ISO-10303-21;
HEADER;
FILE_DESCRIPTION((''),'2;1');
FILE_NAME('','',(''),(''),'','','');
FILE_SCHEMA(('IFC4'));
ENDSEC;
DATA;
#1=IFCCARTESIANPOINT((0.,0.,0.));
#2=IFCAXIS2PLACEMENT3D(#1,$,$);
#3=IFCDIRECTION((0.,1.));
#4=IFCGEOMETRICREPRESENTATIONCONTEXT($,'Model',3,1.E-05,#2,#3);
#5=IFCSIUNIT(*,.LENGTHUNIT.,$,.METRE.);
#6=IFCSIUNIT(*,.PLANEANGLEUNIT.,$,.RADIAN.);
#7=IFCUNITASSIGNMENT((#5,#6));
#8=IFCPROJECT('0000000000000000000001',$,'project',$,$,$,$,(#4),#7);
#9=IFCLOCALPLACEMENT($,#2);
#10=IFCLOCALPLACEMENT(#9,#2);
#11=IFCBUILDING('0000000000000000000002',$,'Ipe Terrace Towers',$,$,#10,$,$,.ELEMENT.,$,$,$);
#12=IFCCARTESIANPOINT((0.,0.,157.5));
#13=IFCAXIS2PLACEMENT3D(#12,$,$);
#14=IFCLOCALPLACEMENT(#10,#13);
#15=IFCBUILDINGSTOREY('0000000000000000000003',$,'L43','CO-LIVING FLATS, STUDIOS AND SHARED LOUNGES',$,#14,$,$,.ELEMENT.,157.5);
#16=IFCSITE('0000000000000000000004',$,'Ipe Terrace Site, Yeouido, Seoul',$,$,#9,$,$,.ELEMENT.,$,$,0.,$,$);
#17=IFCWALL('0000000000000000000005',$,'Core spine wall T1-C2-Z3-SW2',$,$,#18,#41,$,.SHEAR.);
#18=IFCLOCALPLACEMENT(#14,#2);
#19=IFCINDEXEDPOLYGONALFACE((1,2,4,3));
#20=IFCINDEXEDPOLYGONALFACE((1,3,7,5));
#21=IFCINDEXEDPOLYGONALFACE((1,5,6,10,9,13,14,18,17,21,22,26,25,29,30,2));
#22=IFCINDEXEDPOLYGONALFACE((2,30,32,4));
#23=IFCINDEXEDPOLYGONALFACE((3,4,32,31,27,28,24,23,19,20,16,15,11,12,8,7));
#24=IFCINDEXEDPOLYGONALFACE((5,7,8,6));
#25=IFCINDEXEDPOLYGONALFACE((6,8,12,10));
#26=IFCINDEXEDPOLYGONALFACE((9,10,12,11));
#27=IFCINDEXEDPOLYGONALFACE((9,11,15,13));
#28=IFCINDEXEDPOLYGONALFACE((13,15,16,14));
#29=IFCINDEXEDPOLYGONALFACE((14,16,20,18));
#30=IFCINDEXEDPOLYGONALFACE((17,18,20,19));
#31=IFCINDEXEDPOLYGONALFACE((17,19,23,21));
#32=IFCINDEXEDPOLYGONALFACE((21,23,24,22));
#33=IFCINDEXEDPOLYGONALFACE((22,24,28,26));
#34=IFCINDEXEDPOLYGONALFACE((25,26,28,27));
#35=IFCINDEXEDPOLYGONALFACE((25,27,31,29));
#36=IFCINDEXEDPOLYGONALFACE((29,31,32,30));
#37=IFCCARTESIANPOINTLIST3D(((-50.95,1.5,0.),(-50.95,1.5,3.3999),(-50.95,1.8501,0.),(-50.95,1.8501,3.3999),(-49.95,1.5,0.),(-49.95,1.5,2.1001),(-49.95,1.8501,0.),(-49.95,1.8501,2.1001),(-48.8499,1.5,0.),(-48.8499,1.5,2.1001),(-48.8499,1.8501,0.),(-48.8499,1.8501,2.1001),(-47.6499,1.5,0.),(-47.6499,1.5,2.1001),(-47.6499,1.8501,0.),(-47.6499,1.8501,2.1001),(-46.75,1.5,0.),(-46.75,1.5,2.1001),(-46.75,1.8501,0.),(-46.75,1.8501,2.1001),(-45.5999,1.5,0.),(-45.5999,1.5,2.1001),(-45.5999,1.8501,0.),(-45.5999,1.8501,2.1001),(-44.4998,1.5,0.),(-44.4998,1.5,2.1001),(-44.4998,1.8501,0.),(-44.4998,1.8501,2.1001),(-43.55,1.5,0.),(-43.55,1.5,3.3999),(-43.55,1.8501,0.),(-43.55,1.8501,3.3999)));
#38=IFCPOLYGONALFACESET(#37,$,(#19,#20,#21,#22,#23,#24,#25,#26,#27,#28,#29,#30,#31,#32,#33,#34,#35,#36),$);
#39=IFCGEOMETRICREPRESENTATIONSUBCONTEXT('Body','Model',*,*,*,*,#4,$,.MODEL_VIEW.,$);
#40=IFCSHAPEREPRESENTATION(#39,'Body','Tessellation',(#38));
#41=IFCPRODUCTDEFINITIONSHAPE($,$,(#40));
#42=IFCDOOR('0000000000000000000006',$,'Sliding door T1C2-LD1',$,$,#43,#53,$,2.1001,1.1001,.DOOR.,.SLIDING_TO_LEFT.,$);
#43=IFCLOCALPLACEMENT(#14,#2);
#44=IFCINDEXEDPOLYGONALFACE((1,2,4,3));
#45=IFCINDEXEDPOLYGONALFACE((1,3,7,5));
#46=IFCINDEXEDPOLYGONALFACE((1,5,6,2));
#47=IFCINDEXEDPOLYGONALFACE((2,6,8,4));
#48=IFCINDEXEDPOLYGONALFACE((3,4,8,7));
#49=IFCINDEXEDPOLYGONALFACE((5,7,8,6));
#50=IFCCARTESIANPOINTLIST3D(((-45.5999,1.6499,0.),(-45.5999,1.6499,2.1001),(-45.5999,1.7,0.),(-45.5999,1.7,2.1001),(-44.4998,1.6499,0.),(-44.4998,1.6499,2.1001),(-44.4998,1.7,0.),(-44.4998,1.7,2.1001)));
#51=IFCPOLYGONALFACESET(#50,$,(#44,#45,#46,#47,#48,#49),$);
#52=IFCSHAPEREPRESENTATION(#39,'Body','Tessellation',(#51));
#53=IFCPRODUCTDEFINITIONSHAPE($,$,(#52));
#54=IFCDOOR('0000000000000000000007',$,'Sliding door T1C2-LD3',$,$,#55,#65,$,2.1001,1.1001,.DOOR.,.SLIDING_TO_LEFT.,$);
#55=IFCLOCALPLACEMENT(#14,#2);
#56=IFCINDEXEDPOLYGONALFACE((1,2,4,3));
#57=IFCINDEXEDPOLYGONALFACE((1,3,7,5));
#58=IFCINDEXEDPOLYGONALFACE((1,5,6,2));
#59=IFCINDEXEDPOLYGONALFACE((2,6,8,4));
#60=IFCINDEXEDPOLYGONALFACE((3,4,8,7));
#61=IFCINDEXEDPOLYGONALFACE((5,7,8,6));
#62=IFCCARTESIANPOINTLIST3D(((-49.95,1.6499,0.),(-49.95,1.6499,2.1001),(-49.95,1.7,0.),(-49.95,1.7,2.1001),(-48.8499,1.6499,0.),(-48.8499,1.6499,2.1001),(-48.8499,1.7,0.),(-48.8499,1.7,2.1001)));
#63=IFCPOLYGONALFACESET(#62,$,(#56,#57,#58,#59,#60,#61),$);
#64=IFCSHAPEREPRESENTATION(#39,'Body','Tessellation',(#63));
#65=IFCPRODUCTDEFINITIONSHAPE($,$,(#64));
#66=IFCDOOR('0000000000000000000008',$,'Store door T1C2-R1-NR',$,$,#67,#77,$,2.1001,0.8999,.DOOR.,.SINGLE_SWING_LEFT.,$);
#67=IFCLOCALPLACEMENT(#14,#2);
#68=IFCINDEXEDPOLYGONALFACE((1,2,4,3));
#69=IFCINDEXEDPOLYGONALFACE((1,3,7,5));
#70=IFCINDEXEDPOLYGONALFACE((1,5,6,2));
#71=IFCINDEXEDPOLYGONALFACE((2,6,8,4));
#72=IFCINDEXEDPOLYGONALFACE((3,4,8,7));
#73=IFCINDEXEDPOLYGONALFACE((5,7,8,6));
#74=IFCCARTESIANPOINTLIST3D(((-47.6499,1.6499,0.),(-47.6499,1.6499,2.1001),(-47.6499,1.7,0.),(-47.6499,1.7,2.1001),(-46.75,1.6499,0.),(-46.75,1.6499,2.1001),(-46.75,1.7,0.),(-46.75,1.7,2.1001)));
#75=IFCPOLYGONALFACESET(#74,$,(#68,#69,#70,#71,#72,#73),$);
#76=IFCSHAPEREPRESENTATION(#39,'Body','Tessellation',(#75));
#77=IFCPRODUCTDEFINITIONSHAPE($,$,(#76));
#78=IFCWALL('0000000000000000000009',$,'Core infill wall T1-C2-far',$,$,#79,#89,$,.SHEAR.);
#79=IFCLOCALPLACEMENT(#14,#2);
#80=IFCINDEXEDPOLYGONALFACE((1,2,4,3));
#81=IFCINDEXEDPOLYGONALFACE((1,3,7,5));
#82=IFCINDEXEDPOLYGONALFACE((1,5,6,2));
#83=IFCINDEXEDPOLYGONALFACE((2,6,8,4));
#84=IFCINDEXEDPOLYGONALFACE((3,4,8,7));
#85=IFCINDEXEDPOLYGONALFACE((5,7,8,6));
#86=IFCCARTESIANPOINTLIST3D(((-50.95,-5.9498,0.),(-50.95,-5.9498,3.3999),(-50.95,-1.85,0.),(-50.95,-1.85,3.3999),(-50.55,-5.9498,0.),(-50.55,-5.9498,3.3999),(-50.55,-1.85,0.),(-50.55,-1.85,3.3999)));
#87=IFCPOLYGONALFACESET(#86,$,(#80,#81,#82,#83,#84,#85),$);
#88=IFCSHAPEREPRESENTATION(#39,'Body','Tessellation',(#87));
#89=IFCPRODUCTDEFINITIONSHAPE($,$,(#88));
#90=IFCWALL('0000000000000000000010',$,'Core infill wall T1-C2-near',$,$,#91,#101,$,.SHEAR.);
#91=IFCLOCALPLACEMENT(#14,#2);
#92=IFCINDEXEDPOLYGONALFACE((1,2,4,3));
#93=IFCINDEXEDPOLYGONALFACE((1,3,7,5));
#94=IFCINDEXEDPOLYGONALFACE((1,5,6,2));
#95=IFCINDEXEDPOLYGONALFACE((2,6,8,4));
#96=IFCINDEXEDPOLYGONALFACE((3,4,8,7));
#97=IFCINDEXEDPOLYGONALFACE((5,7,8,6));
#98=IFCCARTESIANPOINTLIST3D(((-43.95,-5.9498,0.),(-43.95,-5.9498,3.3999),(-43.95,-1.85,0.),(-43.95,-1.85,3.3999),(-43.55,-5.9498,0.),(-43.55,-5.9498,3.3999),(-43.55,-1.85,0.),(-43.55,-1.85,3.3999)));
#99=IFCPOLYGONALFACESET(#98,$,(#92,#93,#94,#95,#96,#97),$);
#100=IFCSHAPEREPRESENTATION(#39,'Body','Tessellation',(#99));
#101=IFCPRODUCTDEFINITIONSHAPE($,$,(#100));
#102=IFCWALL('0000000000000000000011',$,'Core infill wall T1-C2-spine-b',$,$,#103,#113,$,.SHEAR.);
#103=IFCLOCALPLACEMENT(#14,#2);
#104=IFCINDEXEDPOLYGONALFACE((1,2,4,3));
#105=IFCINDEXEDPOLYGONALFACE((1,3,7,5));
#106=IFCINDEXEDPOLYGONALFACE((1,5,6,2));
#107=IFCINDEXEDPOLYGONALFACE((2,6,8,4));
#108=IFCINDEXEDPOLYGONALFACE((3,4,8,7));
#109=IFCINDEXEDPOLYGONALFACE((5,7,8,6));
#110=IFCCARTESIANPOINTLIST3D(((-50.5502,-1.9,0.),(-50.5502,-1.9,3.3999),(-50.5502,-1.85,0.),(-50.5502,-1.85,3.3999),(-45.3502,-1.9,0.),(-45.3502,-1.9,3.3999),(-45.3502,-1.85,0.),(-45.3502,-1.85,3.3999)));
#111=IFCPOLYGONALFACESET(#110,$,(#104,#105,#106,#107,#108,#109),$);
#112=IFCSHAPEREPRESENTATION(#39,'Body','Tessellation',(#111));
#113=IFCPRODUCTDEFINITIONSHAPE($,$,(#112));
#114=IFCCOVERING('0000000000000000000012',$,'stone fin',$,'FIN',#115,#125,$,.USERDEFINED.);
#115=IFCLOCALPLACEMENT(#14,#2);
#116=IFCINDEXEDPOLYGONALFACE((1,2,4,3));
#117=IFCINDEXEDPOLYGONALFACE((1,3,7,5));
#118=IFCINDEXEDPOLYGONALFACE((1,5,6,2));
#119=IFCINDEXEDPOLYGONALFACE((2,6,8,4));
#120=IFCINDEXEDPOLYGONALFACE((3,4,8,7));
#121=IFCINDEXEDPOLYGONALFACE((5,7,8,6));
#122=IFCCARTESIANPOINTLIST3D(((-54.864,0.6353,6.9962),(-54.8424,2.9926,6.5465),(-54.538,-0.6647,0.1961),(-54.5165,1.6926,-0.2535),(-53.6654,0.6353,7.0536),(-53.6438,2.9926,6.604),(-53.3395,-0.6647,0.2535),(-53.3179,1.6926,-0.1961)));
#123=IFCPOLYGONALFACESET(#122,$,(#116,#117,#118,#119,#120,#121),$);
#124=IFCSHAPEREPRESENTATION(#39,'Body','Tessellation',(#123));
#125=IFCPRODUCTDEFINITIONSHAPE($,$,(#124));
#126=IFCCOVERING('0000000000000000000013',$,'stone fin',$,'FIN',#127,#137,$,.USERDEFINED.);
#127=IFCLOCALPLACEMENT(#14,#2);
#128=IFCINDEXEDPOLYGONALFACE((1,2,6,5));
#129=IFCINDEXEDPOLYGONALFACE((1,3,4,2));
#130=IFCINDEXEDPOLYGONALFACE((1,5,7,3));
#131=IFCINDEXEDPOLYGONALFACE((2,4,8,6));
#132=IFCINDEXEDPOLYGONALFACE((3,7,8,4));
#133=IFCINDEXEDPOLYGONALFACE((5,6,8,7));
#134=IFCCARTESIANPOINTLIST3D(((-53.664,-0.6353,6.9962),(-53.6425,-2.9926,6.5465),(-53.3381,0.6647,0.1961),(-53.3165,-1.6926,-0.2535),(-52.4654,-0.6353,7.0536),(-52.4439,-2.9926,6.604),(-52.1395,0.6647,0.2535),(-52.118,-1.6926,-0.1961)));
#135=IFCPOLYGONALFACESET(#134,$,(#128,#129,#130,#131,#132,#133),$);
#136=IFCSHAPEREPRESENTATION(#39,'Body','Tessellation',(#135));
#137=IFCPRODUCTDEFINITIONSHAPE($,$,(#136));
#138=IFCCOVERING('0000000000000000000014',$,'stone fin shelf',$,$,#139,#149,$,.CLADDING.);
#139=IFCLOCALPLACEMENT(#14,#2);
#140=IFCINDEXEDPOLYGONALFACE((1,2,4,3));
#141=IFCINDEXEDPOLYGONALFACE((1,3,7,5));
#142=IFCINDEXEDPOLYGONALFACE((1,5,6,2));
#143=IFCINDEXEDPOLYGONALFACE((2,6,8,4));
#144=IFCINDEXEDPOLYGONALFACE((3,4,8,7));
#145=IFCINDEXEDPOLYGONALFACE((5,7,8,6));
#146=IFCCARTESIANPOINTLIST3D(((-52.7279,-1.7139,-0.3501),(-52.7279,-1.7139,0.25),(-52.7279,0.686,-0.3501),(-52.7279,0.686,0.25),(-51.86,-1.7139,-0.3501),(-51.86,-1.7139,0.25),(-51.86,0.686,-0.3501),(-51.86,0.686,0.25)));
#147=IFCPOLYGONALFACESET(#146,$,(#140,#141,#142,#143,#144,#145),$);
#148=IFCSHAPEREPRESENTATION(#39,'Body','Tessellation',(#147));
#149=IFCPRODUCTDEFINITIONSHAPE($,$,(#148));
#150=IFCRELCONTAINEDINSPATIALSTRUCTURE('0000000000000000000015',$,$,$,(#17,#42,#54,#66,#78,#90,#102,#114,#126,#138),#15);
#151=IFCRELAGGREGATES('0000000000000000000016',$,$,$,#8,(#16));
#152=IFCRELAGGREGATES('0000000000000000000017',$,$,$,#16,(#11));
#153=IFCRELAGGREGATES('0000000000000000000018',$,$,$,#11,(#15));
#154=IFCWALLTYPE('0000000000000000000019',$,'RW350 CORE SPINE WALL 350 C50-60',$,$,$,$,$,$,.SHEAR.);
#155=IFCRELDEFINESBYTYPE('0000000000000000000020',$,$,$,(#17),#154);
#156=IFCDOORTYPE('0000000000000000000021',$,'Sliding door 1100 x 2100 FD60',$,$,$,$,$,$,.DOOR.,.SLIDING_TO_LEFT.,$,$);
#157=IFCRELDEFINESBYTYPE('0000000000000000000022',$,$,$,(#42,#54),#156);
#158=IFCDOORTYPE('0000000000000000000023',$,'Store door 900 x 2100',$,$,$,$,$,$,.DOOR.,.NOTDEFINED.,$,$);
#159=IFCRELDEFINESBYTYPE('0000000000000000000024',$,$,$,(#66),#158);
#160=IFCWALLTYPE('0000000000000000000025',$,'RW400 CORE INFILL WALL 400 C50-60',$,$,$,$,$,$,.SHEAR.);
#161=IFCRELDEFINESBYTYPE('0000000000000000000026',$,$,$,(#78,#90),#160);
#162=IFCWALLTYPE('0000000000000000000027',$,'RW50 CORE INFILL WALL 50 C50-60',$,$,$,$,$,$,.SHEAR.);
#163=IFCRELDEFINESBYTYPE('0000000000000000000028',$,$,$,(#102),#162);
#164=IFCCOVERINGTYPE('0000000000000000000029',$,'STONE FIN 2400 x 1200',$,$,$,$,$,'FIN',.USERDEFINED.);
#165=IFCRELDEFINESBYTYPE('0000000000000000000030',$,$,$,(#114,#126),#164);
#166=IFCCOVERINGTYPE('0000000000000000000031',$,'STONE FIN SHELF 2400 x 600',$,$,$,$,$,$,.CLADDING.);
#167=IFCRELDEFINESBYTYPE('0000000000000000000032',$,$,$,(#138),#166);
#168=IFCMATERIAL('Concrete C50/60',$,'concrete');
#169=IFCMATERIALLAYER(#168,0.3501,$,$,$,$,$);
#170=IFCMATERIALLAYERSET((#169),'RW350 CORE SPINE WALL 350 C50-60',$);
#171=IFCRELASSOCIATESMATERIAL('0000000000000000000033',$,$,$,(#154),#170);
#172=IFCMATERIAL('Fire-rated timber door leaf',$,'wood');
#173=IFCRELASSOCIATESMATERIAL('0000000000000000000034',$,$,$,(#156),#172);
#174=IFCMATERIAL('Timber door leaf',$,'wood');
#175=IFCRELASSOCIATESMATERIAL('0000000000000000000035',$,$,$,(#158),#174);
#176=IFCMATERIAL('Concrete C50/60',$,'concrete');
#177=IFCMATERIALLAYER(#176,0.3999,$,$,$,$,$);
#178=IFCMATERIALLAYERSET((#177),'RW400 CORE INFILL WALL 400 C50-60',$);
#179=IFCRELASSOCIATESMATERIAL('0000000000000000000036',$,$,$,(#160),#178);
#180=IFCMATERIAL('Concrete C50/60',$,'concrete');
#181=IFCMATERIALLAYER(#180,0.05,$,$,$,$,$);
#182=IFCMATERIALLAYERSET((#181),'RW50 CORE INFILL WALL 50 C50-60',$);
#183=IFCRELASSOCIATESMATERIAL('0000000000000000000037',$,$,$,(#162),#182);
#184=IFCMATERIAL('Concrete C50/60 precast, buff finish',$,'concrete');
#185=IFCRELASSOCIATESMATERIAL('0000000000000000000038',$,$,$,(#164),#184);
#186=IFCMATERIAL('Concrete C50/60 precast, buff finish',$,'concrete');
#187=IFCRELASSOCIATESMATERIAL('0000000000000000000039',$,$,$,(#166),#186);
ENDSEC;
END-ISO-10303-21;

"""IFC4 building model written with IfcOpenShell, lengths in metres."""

from ifc_helpers import new_model, si_unit, direction, frame, frame_2d, origin, origin_2d, place, context, subcontext, project, spatial, rectangle, extrude, material, layer, layer_set, material_profile, profile_set, type_object, element, fill, save


model = new_model("IFC4")

# Units and contexts
model_context = context("Model", 3, precision=1e-05, world=origin(), true_north=direction((0.0, 1.0)))
body_context = subcontext(model_context, "Body", "Model", "MODEL_VIEW")
ifc_project = project(units=[si_unit("LENGTHUNIT", "METRE"), si_unit("PLANEANGLEUNIT", "RADIAN")], contexts=[model_context])

# Site, building, storey
site_placement = place(None, origin())
site = spatial("IfcSite", under=ifc_project, at=site_placement, Name="Ipe Terrace Site, Yeouido, Seoul", CompositionType="ELEMENT", RefElevation=0.0)
building_placement = place(site_placement, origin())
building = spatial("IfcBuilding", under=site, at=building_placement, Name="Ipe Terrace Towers", CompositionType="ELEMENT")
storey_placement = place(building_placement, frame((0.0, 0.0, 157.5)))
storey = spatial("IfcBuildingStorey", under=building, at=storey_placement, Name="L43", Description="CO-LIVING FLATS, STUDIOS AND SHARED LOUNGES", CompositionType="ELEMENT", Elevation=157.5)

# Shared definitions
ifc_material_1 = material(Name="Concrete C50/60", Category="concrete")
ifc_layer_1 = layer(ifc_material_1, 0.3501)
ifc_layer_set_1 = layer_set([ifc_layer_1], Name="RW350 CORE SPINE WALL 350 C50-60")
wall_type_1 = type_object("IfcWallType", Name="RW350 CORE SPINE WALL 350 C50-60", PredefinedType="SHEAR", material=ifc_layer_set_1)

# Wall, openings, doors
wall_1_placement = place(storey_placement, frame((-50.95, 1.675, 0.0), z_axis=(0.0, 0.0, 1.0), x_axis=(1.0, 0.0, 0.0)))
wall_1 = element("IfcWall", 1, at=wall_1_placement, inside=storey, type_object=wall_type_1, Name="Core spine wall T1-C2-Z3-SW2", PredefinedType="SHEAR", context=body_context, shape_type="SweptSolid", body=[
    extrude(rectangle(XDim=7.3999, YDim=0.3501, at=frame_2d((3.7, 0.0))), origin(), (0.0, 0.0, 1.0), 3.3999),
])
opening_1_placement = place(wall_1_placement, frame((5.3501, 0.0, 0.0)))
opening_1 = element("IfcOpeningElement", 2, at=opening_1_placement, cuts=wall_1, PredefinedType="OPENING", context=body_context, shape_type="SweptSolid", body=[
    extrude(rectangle(XDim=1.1001, YDim=2.1001, at=frame_2d((0.55, 1.05))), frame((0.0, 0.1851, 0.0), z_axis=(0.0, -1.0, 0.0), x_axis=(1.0, 0.0, 0.0)), (0.0, 0.0, 1.0), 0.3701),
])
opening_2_placement = place(wall_1_placement, frame((1.0, 0.0, 0.0)))
opening_2 = element("IfcOpeningElement", 3, at=opening_2_placement, cuts=wall_1, PredefinedType="OPENING", context=body_context, shape_type="SweptSolid", body=[
    extrude(rectangle(XDim=1.1001, YDim=2.1001, at=frame_2d((0.55, 1.05))), frame((0.0, 0.1851, 0.0), z_axis=(0.0, -1.0, 0.0), x_axis=(1.0, 0.0, 0.0)), (0.0, 0.0, 1.0), 0.3701),
])
opening_3_placement = place(wall_1_placement, frame((3.3, 0.0, 0.0)))
opening_3 = element("IfcOpeningElement", 4, at=opening_3_placement, cuts=wall_1, PredefinedType="OPENING", context=body_context, shape_type="SweptSolid", body=[
    extrude(rectangle(XDim=0.8999, YDim=2.1001, at=frame_2d((0.45, 1.05))), frame((0.0, 0.1851, 0.0), z_axis=(0.0, -1.0, 0.0), x_axis=(1.0, 0.0, 0.0)), (0.0, 0.0, 1.0), 0.3701),
])
ifc_material_2 = material(Name="Fire-rated timber door leaf", Category="wood")
door_type_1 = type_object("IfcDoorType", Name="Sliding door 1100 x 2100 FD60", OperationType="SLIDING_TO_LEFT", PredefinedType="DOOR", material=ifc_material_2)
door_1_placement = place(opening_1_placement, origin())
door_1 = element("IfcDoor", 5, at=door_1_placement, inside=storey, type_object=door_type_1, Name="Sliding door T1C2-LD1", OperationType="SLIDING_TO_LEFT", OverallHeight=2.1001, OverallWidth=1.1001, PredefinedType="DOOR", context=body_context, shape_type="SweptSolid", body=[
    extrude(rectangle(XDim=1.1001, YDim=2.1001, at=frame_2d((0.55, 1.05))), frame((0.0, 0.0249, 0.0), z_axis=(0.0, -1.0, 0.0), x_axis=(1.0, 0.0, 0.0)), (0.0, 0.0, 1.0), 0.05),
])
fill(opening_1, door_1)
door_2_placement = place(opening_2_placement, origin())
door_2 = element("IfcDoor", 6, at=door_2_placement, inside=storey, type_object=door_type_1, Name="Sliding door T1C2-LD3", OperationType="SLIDING_TO_LEFT", OverallHeight=2.1001, OverallWidth=1.1001, PredefinedType="DOOR", context=body_context, shape_type="SweptSolid", body=[
    extrude(rectangle(XDim=1.1001, YDim=2.1001, at=frame_2d((0.55, 1.05))), frame((0.0, 0.0249, 0.0), z_axis=(0.0, -1.0, 0.0), x_axis=(1.0, 0.0, 0.0)), (0.0, 0.0, 1.0), 0.05),
])
fill(opening_2, door_2)
ifc_material_3 = material(Name="Timber door leaf", Category="wood")
door_type_2 = type_object("IfcDoorType", Name="Store door 900 x 2100", OperationType="NOTDEFINED", PredefinedType="DOOR", material=ifc_material_3)
door_3_placement = place(opening_3_placement, origin())
door_3 = element("IfcDoor", 7, at=door_3_placement, inside=storey, type_object=door_type_2, Name="Store door T1C2-R1-NR", OperationType="SINGLE_SWING_LEFT", OverallHeight=2.1001, OverallWidth=0.8999, PredefinedType="DOOR", context=body_context, shape_type="SweptSolid", body=[
    extrude(rectangle(XDim=0.8999, YDim=2.1001, at=frame_2d((0.45, 1.05))), frame((0.0, 0.0249, 0.0), z_axis=(0.0, -1.0, 0.0), x_axis=(1.0, 0.0, 0.0)), (0.0, 0.0, 1.0), 0.05),
])
fill(opening_3, door_3)

# Walls
ifc_material_4 = material(Name="Concrete C50/60", Category="concrete")
ifc_layer_2 = layer(ifc_material_4, 0.3999)
ifc_layer_set_2 = layer_set([ifc_layer_2], Name="RW400 CORE INFILL WALL 400 C50-60")
wall_type_2 = type_object("IfcWallType", Name="RW400 CORE INFILL WALL 400 C50-60", PredefinedType="SHEAR", material=ifc_layer_set_2)
for number, where, z_axis, x_axis, name in (
    (8, (-50.75, -1.8501, 0.0), (0.0, 0.0, 1.0), (0.0, -1.0, 0.0), "Core infill wall T1-C2-far"),
    (9, (-43.75, -1.8501, 0.0), (0.0, 0.0, 1.0), (0.0, -1.0, 0.0), "Core infill wall T1-C2-near"),
):
    element("IfcWall", number, at=place(storey_placement, frame(where, z_axis=z_axis, x_axis=x_axis)), inside=storey, type_object=wall_type_2, Name=name, PredefinedType="SHEAR", context=body_context, shape_type="SweptSolid", body=[
        extrude(rectangle(XDim=4.0999, YDim=0.3999, at=frame_2d((2.0498, 0.0))), origin(), (0.0, 0.0, 1.0), 3.3999),
    ])
ifc_material_5 = material(Name="Concrete C50/60", Category="concrete")
ifc_layer_3 = layer(ifc_material_5, 0.05)
ifc_layer_set_3 = layer_set([ifc_layer_3], Name="RW50 CORE INFILL WALL 50 C50-60")
wall_type_3 = type_object("IfcWallType", Name="RW50 CORE INFILL WALL 50 C50-60", PredefinedType="SHEAR", material=ifc_layer_set_3)
wall_2_placement = place(storey_placement, frame((-45.3501, -1.875, 0.0), z_axis=(0.0, 0.0, 1.0), x_axis=(-1.0, 0.0, 0.0)))
element("IfcWall", 10, at=wall_2_placement, inside=storey, type_object=wall_type_3, Name="Core infill wall T1-C2-spine-b", PredefinedType="SHEAR", context=body_context, shape_type="SweptSolid", body=[
    extrude(rectangle(XDim=5.2, YDim=0.05, at=frame_2d((2.6001, 0.0))), origin(), (0.0, 0.0, 1.0), 3.3999),
])

# Coverings
ifc_material_6 = material(Name="Concrete C50/60 precast, buff finish", Category="concrete")
ifc_material_profile = material_profile(ifc_material_6, rectangle(XDim=2.3999, YDim=1.2, at=origin_2d()), Name="STONE FIN 2400 x 1200")
ifc_profile_set = profile_set([ifc_material_profile], Name="Concrete C50/60 precast, buff finish")
covering_type_1 = type_object("IfcCoveringType", Name="STONE FIN 2400 x 1200", ElementType="FIN", PredefinedType="USERDEFINED", material=ifc_profile_set)
for number, where, z_axis, x_axis, name in (
    (11, (-53.928, 0.5139, 0.0), (-0.047025, 0.187574, 0.981124), (-0.00898, -0.982251, 0.187358), "stone fin"),
    (12, (-52.728, -0.5139, 0.0), (-0.047025, -0.187574, 0.981124), (0.00898, -0.982251, -0.187358), "stone fin"),
):
    element("IfcCovering", number, at=place(storey_placement, frame(where, z_axis=z_axis, x_axis=x_axis)), inside=storey, type_object=covering_type_1, Name=name, ObjectType="FIN", PredefinedType="USERDEFINED", context=body_context, shape_type="SweptSolid", body=[
        extrude(rectangle(XDim=2.3999, YDim=1.2, at=origin_2d()), origin(), (0.0, 0.0, 1.0), 6.9309),
    ])
ifc_material_7 = material(Name="Concrete C50/60 precast, buff finish", Category="concrete")
covering_type_2 = type_object("IfcCoveringType", Name="STONE FIN SHELF 2400 x 600", PredefinedType="CLADDING", material=ifc_material_7)
covering_placement = place(storey_placement, frame((-52.2939, -0.5139, -0.3501), z_axis=(0.0, 0.0, 1.0), x_axis=(0.0, -1.0, 0.0)))
element("IfcCovering", 13, at=covering_placement, inside=storey, type_object=covering_type_2, Name="stone fin shelf", PredefinedType="CLADDING", context=body_context, shape_type="SweptSolid", body=[
    extrude(rectangle(XDim=2.3999, YDim=0.8679, at=origin_2d()), origin(), (0.0, 0.0, 1.0), 0.6001),
])

save(model, "model.ifc")
